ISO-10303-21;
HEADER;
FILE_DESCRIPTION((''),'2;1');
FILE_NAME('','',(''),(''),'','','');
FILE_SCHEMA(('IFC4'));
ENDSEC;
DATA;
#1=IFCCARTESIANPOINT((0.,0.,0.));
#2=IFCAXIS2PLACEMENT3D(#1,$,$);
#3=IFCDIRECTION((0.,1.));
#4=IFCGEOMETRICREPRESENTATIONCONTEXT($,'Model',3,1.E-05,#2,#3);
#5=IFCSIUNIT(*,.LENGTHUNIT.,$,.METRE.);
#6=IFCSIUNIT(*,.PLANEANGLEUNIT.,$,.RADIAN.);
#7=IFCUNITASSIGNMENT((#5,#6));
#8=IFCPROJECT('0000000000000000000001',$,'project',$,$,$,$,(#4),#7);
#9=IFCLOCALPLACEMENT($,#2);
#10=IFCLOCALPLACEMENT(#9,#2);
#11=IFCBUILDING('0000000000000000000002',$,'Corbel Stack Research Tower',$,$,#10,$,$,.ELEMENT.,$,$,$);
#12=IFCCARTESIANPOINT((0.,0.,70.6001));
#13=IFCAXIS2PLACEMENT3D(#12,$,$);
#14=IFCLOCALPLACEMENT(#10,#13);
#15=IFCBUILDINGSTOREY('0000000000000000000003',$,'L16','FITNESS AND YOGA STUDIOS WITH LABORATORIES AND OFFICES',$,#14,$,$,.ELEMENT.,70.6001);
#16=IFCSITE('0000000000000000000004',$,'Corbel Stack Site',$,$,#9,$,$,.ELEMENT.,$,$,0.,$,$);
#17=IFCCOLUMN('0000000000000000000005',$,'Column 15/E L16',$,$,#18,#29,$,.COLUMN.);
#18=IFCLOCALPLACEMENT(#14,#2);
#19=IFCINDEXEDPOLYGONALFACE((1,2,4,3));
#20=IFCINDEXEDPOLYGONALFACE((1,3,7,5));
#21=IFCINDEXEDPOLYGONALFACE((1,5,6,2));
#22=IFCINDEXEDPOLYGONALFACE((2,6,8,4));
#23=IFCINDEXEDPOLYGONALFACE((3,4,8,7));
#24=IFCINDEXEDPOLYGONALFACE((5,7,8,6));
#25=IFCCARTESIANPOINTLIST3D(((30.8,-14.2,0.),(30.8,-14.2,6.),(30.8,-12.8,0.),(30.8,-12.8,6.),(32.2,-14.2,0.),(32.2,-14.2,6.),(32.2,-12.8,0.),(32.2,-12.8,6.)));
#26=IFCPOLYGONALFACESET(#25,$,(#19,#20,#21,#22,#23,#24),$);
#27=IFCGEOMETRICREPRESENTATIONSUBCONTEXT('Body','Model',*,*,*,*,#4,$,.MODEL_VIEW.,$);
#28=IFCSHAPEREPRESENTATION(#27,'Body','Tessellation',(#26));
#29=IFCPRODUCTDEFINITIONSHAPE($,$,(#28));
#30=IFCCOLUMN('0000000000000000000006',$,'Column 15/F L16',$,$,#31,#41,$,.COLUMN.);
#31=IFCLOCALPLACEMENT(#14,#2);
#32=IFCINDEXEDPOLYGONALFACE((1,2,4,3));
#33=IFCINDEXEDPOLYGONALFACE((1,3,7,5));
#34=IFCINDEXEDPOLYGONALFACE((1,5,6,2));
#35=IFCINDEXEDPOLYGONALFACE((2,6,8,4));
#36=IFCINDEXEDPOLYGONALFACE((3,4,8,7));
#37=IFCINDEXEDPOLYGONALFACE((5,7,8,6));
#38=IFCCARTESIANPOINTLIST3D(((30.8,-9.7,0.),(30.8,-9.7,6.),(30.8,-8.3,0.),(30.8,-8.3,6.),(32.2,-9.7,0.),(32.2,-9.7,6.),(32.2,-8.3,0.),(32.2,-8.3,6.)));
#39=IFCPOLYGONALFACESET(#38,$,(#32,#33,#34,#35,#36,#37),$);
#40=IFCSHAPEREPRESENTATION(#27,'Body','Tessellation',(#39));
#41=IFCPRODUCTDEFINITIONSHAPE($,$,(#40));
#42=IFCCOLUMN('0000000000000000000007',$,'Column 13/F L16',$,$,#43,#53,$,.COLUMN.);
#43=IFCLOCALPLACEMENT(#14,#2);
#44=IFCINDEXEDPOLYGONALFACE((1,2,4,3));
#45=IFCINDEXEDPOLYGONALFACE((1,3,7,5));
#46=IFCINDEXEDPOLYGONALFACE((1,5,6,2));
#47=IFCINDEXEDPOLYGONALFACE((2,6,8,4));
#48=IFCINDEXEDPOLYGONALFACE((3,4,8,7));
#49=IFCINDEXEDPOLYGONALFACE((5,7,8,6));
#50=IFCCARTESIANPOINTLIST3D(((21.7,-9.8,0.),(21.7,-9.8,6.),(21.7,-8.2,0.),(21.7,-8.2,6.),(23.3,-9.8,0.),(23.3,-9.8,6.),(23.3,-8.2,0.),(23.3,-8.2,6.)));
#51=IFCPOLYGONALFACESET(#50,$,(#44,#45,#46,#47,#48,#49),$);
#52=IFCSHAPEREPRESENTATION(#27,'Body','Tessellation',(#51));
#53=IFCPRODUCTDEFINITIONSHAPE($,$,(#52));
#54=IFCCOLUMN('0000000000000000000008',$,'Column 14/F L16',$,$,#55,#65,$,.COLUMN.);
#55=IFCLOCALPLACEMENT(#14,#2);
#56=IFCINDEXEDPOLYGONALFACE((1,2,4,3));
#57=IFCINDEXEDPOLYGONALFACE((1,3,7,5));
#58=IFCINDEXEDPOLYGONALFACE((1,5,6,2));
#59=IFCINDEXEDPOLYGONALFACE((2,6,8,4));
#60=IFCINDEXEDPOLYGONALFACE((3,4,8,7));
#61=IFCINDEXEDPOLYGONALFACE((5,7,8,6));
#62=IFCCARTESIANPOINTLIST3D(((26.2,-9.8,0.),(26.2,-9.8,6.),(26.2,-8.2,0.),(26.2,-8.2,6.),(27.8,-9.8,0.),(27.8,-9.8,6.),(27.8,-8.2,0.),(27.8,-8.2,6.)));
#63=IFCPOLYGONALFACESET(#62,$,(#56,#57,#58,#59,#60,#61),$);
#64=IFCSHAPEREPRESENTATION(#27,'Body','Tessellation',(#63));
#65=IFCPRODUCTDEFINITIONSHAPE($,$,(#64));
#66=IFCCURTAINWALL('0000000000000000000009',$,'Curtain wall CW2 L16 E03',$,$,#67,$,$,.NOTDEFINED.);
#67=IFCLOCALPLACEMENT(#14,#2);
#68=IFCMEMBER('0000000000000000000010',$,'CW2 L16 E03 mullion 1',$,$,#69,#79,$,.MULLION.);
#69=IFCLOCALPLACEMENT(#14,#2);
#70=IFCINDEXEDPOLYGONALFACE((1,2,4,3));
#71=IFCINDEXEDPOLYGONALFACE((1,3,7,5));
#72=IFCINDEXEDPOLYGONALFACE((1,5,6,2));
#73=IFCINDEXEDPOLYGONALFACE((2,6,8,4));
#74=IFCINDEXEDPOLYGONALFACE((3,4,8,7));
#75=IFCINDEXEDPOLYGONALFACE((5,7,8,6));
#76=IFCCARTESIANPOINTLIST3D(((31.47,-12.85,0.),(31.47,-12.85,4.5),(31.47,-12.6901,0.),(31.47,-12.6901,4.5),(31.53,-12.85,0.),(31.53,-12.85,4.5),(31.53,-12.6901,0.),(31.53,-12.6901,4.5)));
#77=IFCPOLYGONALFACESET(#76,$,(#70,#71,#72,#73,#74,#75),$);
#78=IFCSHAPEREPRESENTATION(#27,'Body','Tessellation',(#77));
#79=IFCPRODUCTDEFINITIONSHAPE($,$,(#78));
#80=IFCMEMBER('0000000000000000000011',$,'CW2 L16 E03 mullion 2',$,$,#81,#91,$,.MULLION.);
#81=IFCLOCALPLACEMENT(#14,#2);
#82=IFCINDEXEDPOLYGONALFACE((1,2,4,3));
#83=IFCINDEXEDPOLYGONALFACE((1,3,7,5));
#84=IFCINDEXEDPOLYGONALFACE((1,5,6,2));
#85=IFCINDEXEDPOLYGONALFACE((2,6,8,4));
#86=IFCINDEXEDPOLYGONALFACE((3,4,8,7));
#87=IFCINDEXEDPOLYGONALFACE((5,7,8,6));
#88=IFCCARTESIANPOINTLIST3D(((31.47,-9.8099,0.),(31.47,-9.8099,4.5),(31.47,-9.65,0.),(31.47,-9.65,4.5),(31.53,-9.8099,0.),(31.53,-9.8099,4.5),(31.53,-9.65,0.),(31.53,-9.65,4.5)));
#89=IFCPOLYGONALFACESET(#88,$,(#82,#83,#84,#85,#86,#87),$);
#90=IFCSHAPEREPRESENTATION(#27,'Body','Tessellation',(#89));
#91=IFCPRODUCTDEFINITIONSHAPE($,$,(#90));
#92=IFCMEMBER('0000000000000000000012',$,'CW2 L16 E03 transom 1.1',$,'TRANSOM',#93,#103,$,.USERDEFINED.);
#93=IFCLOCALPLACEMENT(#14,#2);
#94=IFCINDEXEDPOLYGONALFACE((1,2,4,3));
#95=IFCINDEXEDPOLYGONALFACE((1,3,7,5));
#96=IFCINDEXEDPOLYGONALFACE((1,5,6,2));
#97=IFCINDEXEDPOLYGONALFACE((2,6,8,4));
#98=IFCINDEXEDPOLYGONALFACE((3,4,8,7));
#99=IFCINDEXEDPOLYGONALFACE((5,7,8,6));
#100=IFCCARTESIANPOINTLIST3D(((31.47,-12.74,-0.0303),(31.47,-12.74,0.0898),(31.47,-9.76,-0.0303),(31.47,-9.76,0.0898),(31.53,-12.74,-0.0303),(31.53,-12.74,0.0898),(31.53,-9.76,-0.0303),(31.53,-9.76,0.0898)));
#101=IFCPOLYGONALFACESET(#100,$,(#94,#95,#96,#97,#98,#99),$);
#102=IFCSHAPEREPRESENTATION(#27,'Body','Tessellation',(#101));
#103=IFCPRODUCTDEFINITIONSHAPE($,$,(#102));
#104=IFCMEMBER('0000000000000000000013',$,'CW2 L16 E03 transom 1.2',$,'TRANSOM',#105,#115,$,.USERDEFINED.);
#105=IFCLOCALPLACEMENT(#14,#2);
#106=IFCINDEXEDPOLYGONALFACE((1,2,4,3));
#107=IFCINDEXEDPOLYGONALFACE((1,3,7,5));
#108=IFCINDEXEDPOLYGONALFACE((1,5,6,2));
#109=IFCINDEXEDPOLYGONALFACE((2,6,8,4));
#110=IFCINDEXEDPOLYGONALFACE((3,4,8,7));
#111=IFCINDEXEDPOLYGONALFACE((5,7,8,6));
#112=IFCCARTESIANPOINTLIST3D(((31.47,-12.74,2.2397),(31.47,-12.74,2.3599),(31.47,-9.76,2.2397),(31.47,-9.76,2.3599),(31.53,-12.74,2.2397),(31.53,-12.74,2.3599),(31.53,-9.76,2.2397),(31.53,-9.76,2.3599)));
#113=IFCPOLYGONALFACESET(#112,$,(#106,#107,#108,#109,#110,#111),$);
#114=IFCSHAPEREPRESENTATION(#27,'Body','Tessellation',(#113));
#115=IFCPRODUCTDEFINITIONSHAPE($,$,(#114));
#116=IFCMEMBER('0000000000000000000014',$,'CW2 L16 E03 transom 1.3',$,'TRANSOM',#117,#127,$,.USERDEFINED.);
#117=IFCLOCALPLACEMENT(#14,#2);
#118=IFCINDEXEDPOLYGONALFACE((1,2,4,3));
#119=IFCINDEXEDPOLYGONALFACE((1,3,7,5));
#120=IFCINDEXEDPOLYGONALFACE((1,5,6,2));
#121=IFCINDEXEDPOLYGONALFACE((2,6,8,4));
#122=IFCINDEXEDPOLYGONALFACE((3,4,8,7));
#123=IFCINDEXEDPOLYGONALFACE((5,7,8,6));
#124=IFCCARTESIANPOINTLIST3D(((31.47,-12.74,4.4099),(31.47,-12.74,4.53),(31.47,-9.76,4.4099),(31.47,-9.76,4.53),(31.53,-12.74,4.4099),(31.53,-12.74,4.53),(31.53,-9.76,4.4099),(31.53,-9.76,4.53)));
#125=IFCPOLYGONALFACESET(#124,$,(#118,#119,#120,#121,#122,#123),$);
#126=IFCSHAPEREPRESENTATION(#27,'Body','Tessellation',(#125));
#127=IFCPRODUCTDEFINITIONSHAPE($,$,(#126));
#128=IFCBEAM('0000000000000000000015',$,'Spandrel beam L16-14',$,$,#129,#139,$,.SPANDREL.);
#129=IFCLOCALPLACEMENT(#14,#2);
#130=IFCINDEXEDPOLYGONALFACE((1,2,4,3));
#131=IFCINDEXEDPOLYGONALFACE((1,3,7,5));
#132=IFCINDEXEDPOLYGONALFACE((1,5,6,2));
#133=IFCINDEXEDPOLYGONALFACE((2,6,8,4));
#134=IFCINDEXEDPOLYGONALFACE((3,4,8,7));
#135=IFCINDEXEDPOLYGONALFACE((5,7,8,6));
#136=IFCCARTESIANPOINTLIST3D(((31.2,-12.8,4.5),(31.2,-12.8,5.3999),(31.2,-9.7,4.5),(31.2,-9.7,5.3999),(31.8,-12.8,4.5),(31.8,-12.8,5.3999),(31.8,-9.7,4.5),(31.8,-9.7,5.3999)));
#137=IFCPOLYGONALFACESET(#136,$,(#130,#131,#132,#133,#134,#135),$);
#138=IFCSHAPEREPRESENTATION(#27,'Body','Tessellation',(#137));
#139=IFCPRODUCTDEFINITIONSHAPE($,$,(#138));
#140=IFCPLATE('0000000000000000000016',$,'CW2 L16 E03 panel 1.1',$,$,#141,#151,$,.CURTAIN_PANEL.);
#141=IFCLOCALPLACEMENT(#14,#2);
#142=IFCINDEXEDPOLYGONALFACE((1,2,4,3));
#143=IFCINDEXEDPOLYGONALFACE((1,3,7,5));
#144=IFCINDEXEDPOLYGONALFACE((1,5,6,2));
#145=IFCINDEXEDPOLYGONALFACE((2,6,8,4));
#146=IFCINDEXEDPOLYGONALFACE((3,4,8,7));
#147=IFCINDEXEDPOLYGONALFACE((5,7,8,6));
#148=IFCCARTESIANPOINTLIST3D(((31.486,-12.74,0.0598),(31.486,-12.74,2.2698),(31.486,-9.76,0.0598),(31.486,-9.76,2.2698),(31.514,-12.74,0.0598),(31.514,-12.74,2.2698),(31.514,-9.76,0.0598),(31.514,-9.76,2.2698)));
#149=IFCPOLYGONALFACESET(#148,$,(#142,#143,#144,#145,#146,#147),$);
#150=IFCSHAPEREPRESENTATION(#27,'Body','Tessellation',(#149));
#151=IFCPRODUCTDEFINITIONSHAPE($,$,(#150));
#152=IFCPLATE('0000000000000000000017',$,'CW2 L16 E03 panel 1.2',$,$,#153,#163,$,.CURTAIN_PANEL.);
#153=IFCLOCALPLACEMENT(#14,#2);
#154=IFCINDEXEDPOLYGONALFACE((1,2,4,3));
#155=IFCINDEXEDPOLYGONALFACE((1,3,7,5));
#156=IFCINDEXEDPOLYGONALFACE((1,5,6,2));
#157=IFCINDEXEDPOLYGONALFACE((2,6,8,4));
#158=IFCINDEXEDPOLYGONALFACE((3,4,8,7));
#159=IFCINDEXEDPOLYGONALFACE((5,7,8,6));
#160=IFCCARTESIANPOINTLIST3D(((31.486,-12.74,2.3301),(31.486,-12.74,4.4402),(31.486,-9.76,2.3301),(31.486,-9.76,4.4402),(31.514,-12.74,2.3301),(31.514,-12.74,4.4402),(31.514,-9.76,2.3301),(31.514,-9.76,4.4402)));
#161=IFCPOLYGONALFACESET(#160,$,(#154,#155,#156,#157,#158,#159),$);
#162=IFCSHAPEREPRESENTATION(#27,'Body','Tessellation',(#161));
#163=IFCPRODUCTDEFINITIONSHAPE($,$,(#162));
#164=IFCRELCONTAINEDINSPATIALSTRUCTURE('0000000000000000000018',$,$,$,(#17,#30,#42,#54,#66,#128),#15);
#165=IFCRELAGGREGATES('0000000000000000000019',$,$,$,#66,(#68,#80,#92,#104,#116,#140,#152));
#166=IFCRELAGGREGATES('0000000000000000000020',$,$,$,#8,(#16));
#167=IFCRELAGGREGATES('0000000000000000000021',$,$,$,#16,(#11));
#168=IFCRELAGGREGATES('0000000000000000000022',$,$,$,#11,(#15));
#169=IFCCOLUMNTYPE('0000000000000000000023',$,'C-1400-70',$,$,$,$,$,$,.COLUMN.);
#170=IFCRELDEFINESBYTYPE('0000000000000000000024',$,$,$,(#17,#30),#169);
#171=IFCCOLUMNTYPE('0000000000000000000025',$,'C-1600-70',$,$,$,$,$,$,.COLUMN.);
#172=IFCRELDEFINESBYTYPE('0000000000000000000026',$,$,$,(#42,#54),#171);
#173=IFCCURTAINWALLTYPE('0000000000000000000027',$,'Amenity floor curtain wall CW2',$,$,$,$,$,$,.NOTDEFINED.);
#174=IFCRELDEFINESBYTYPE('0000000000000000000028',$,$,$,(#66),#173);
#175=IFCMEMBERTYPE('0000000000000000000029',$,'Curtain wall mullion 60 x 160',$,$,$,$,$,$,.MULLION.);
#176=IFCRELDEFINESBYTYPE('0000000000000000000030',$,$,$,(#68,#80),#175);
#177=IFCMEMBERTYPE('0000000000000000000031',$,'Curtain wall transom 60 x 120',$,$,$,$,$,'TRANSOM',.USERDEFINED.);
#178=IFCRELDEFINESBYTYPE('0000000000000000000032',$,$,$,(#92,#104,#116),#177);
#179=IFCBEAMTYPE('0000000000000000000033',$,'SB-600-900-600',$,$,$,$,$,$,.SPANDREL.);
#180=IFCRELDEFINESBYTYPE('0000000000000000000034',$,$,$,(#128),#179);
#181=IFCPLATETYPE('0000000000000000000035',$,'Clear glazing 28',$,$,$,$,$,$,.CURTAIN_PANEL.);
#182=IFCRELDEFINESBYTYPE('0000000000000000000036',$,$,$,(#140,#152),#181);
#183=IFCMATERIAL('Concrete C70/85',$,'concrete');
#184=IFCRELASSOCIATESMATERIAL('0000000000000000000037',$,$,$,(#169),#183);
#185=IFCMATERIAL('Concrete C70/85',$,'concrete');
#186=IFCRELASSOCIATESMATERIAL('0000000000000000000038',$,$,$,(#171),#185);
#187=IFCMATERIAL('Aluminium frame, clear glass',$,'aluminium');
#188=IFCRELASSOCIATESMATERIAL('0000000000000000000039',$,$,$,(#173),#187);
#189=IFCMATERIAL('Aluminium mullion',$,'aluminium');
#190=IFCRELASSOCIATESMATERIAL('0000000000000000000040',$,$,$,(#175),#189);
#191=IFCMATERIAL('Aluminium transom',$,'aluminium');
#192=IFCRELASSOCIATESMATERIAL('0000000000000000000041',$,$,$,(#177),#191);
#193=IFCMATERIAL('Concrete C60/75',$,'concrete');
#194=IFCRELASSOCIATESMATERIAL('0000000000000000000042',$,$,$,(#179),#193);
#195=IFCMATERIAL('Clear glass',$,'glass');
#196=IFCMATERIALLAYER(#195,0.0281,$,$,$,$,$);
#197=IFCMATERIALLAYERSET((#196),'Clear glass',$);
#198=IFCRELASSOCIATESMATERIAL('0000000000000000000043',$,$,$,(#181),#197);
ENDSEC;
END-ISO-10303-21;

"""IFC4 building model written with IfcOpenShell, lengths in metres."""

from ifc_helpers import new_model, si_unit, direction, frame, origin, origin_2d, place, context, subcontext, project, spatial, rectangle, extrude, material, layer, layer_set, material_profile, profile_set, type_object, element, aggregate, save


model = new_model("IFC4")

# Units and contexts
model_context = context("Model", 3, precision=1e-05, world=origin(), true_north=direction((0.0, 1.0)))
body_context = subcontext(model_context, "Body", "Model", "MODEL_VIEW")
ifc_project = project(units=[si_unit("LENGTHUNIT", "METRE"), si_unit("PLANEANGLEUNIT", "RADIAN")], contexts=[model_context])

# Site, building, storey
site_placement = place(None, origin())
site = spatial("IfcSite", under=ifc_project, at=site_placement, Name="Corbel Stack Site", CompositionType="ELEMENT", RefElevation=0.0)
building_placement = place(site_placement, origin())
building = spatial("IfcBuilding", under=site, at=building_placement, Name="Corbel Stack Research Tower", CompositionType="ELEMENT")
storey_placement = place(building_placement, frame((0.0, 0.0, 70.6001)))
storey = spatial("IfcBuildingStorey", under=building, at=storey_placement, Name="L16", Description="FITNESS AND YOGA STUDIOS WITH LABORATORIES AND OFFICES", CompositionType="ELEMENT", Elevation=70.6001)

# Columns
ifc_material_1 = material(Name="Concrete C70/85", Category="concrete")
ifc_material_profile_1 = material_profile(ifc_material_1, rectangle(XDim=1.3999, YDim=1.3999, at=origin_2d()), Name="RC 1400 x 1400")
ifc_profile_set_1 = profile_set([ifc_material_profile_1], Name="Concrete C70/85")
column_type_1 = type_object("IfcColumnType", Name="C-1400-70", PredefinedType="COLUMN", material=ifc_profile_set_1)
for number, where, z_axis, x_axis, name in (
    (1, (31.5, -13.5, 0.0), (0.0, 0.0, 1.0), (1.0, 0.0, 0.0), "Column 15/E L16"),
    (2, (31.5, -9.0, 0.0), (0.0, 0.0, 1.0), (1.0, 0.0, 0.0), "Column 15/F L16"),
):
    element("IfcColumn", number, at=place(storey_placement, frame(where, z_axis=z_axis, x_axis=x_axis)), inside=storey, type_object=column_type_1, Name=name, PredefinedType="COLUMN", context=body_context, shape_type="SweptSolid", body=[
        extrude(rectangle(XDim=1.3999, YDim=1.3999, at=origin_2d()), origin(), (0.0, 0.0, 1.0), 6.0),
    ])
ifc_material_2 = material(Name="Concrete C70/85", Category="concrete")
ifc_material_profile_2 = material_profile(ifc_material_2, rectangle(XDim=1.6001, YDim=1.6001, at=origin_2d()), Name="RC 1600 x 1600")
ifc_profile_set_2 = profile_set([ifc_material_profile_2], Name="Concrete C70/85")
column_type_2 = type_object("IfcColumnType", Name="C-1600-70", PredefinedType="COLUMN", material=ifc_profile_set_2)
for number, where, z_axis, x_axis, name in (
    (3, (22.5, -9.0, 0.0), (0.0, 0.0, 1.0), (1.0, 0.0, 0.0), "Column 13/F L16"),
    (4, (27.0, -9.0, 0.0), (0.0, 0.0, 1.0), (1.0, 0.0, 0.0), "Column 14/F L16"),
):
    element("IfcColumn", number, at=place(storey_placement, frame(where, z_axis=z_axis, x_axis=x_axis)), inside=storey, type_object=column_type_2, Name=name, PredefinedType="COLUMN", context=body_context, shape_type="SweptSolid", body=[
        extrude(rectangle(XDim=1.6001, YDim=1.6001, at=origin_2d()), origin(), (0.0, 0.0, 1.0), 6.0),
    ])

# Curtain wall, members
ifc_material_3 = material(Name="Aluminium frame, clear glass", Category="aluminium")
curtain_wall_type = type_object("IfcCurtainWallType", Name="Amenity floor curtain wall CW2", PredefinedType="NOTDEFINED", material=ifc_material_3)
curtain_wall_placement = place(storey_placement, origin())
curtain_wall = element("IfcCurtainWall", 5, at=curtain_wall_placement, inside=storey, type_object=curtain_wall_type, Name="Curtain wall CW2 L16 E03", PredefinedType="NOTDEFINED")
ifc_material_4 = material(Name="Aluminium mullion", Category="aluminium")
ifc_material_profile_3 = material_profile(ifc_material_4, rectangle(XDim=0.0601, YDim=0.1599, at=origin_2d()), Name="Mullion 60 x 160")
ifc_profile_set_3 = profile_set([ifc_material_profile_3], Name="Aluminium mullion")
member_type_1 = type_object("IfcMemberType", Name="Curtain wall mullion 60 x 160", PredefinedType="MULLION", material=ifc_profile_set_3)
member_1_placement = place(storey_placement, frame((31.5, -12.77, 0.0), z_axis=(0.0, 0.0, 1.0), x_axis=(-1.0, 0.0, 0.0)))
member_1 = element("IfcMember", 6, at=member_1_placement, type_object=member_type_1, Name="CW2 L16 E03 mullion 1", PredefinedType="MULLION", context=body_context, shape_type="SweptSolid", body=[
    extrude(rectangle(XDim=0.0601, YDim=0.1599, at=origin_2d()), origin(), (0.0, 0.0, 1.0), 4.5),
])
member_2_placement = place(storey_placement, frame((31.5, -9.73, 0.0), z_axis=(0.0, 0.0, 1.0), x_axis=(-1.0, 0.0, 0.0)))
member_2 = element("IfcMember", 7, at=member_2_placement, type_object=member_type_1, Name="CW2 L16 E03 mullion 2", PredefinedType="MULLION", context=body_context, shape_type="SweptSolid", body=[
    extrude(rectangle(XDim=0.0601, YDim=0.1599, at=origin_2d()), origin(), (0.0, 0.0, 1.0), 4.5),
])
ifc_material_5 = material(Name="Aluminium transom", Category="aluminium")
ifc_material_profile_4 = material_profile(ifc_material_5, rectangle(XDim=0.0601, YDim=0.1201, at=origin_2d()), Name="Transom 60 x 120")
ifc_profile_set_4 = profile_set([ifc_material_profile_4], Name="Aluminium transom")
member_type_2 = type_object("IfcMemberType", Name="Curtain wall transom 60 x 120", ElementType="TRANSOM", PredefinedType="USERDEFINED", material=ifc_profile_set_4)
member_3_placement = place(storey_placement, frame((31.5, -12.74, 0.0298), z_axis=(0.0, 1.0, 0.0), x_axis=(-1.0, 0.0, 0.0)))
member_3 = element("IfcMember", 8, at=member_3_placement, type_object=member_type_2, Name="CW2 L16 E03 transom 1.1", ObjectType="TRANSOM", PredefinedType="USERDEFINED", context=body_context, shape_type="SweptSolid", body=[
    extrude(rectangle(XDim=0.0601, YDim=0.1201, at=origin_2d()), origin(), (0.0, 0.0, 1.0), 2.98),
])
member_4_placement = place(storey_placement, frame((31.5, -12.74, 2.2998), z_axis=(0.0, 1.0, 0.0), x_axis=(-1.0, 0.0, 0.0)))
member_4 = element("IfcMember", 9, at=member_4_placement, type_object=member_type_2, Name="CW2 L16 E03 transom 1.2", ObjectType="TRANSOM", PredefinedType="USERDEFINED", context=body_context, shape_type="SweptSolid", body=[
    extrude(rectangle(XDim=0.0601, YDim=0.1201, at=origin_2d()), origin(), (0.0, 0.0, 1.0), 2.98),
])
member_5_placement = place(storey_placement, frame((31.5, -12.74, 4.47), z_axis=(0.0, 1.0, 0.0), x_axis=(-1.0, 0.0, 0.0)))
member_5 = element("IfcMember", 10, at=member_5_placement, type_object=member_type_2, Name="CW2 L16 E03 transom 1.3", ObjectType="TRANSOM", PredefinedType="USERDEFINED", context=body_context, shape_type="SweptSolid", body=[
    extrude(rectangle(XDim=0.0601, YDim=0.1201, at=origin_2d()), origin(), (0.0, 0.0, 1.0), 2.98),
])

# Beam
ifc_material_6 = material(Name="Concrete C60/75", Category="concrete")
ifc_material_profile_5 = material_profile(ifc_material_6, rectangle(XDim=0.6001, YDim=0.8999, at=origin_2d()), Name="RC 600 x 900")
ifc_profile_set_5 = profile_set([ifc_material_profile_5], Name="Concrete C60/75")
beam_type = type_object("IfcBeamType", Name="SB-600-900-600", PredefinedType="SPANDREL", material=ifc_profile_set_5)
beam_placement = place(storey_placement, frame((31.5, -12.8, 4.95), z_axis=(0.0, 1.0, 0.0), x_axis=(-1.0, 0.0, 0.0)))
element("IfcBeam", 11, at=beam_placement, inside=storey, type_object=beam_type, Name="Spandrel beam L16-14", PredefinedType="SPANDREL", context=body_context, shape_type="SweptSolid", body=[
    extrude(rectangle(XDim=0.6001, YDim=0.8999, at=origin_2d()), origin(), (0.0, 0.0, 1.0), 3.1001),
])

# Plates
ifc_material_7 = material(Name="Clear glass", Category="glass")
ifc_layer_1 = layer(ifc_material_7, 0.0281)
ifc_layer_set_1 = layer_set([ifc_layer_1], Name="Clear glass")
plate_type = type_object("IfcPlateType", Name="Clear glazing 28", PredefinedType="CURTAIN_PANEL", material=ifc_layer_set_1)
plate_1_placement = place(storey_placement, frame((31.5, -11.25, 0.0598), z_axis=(0.0, 0.0, 1.0), x_axis=(0.0, 1.0, 0.0)))
plate_1 = element("IfcPlate", 12, at=plate_1_placement, type_object=plate_type, Name="CW2 L16 E03 panel 1.1", PredefinedType="CURTAIN_PANEL", context=body_context, shape_type="SweptSolid", body=[
    extrude(rectangle(XDim=2.98, YDim=0.0281, at=origin_2d()), origin(), (0.0, 0.0, 1.0), 2.21),
])
plate_2_placement = place(storey_placement, frame((31.5, -11.25, 2.3301), z_axis=(0.0, 0.0, 1.0), x_axis=(0.0, 1.0, 0.0)))
plate_2 = element("IfcPlate", 13, at=plate_2_placement, type_object=plate_type, Name="CW2 L16 E03 panel 1.2", PredefinedType="CURTAIN_PANEL", context=body_context, shape_type="SweptSolid", body=[
    extrude(rectangle(XDim=2.98, YDim=0.0281, at=origin_2d()), origin(), (0.0, 0.0, 1.0), 2.1101),
])
aggregate(curtain_wall, [member_1, member_2, member_3, member_4, member_5, plate_1, plate_2])

save(model, "model.ifc")
